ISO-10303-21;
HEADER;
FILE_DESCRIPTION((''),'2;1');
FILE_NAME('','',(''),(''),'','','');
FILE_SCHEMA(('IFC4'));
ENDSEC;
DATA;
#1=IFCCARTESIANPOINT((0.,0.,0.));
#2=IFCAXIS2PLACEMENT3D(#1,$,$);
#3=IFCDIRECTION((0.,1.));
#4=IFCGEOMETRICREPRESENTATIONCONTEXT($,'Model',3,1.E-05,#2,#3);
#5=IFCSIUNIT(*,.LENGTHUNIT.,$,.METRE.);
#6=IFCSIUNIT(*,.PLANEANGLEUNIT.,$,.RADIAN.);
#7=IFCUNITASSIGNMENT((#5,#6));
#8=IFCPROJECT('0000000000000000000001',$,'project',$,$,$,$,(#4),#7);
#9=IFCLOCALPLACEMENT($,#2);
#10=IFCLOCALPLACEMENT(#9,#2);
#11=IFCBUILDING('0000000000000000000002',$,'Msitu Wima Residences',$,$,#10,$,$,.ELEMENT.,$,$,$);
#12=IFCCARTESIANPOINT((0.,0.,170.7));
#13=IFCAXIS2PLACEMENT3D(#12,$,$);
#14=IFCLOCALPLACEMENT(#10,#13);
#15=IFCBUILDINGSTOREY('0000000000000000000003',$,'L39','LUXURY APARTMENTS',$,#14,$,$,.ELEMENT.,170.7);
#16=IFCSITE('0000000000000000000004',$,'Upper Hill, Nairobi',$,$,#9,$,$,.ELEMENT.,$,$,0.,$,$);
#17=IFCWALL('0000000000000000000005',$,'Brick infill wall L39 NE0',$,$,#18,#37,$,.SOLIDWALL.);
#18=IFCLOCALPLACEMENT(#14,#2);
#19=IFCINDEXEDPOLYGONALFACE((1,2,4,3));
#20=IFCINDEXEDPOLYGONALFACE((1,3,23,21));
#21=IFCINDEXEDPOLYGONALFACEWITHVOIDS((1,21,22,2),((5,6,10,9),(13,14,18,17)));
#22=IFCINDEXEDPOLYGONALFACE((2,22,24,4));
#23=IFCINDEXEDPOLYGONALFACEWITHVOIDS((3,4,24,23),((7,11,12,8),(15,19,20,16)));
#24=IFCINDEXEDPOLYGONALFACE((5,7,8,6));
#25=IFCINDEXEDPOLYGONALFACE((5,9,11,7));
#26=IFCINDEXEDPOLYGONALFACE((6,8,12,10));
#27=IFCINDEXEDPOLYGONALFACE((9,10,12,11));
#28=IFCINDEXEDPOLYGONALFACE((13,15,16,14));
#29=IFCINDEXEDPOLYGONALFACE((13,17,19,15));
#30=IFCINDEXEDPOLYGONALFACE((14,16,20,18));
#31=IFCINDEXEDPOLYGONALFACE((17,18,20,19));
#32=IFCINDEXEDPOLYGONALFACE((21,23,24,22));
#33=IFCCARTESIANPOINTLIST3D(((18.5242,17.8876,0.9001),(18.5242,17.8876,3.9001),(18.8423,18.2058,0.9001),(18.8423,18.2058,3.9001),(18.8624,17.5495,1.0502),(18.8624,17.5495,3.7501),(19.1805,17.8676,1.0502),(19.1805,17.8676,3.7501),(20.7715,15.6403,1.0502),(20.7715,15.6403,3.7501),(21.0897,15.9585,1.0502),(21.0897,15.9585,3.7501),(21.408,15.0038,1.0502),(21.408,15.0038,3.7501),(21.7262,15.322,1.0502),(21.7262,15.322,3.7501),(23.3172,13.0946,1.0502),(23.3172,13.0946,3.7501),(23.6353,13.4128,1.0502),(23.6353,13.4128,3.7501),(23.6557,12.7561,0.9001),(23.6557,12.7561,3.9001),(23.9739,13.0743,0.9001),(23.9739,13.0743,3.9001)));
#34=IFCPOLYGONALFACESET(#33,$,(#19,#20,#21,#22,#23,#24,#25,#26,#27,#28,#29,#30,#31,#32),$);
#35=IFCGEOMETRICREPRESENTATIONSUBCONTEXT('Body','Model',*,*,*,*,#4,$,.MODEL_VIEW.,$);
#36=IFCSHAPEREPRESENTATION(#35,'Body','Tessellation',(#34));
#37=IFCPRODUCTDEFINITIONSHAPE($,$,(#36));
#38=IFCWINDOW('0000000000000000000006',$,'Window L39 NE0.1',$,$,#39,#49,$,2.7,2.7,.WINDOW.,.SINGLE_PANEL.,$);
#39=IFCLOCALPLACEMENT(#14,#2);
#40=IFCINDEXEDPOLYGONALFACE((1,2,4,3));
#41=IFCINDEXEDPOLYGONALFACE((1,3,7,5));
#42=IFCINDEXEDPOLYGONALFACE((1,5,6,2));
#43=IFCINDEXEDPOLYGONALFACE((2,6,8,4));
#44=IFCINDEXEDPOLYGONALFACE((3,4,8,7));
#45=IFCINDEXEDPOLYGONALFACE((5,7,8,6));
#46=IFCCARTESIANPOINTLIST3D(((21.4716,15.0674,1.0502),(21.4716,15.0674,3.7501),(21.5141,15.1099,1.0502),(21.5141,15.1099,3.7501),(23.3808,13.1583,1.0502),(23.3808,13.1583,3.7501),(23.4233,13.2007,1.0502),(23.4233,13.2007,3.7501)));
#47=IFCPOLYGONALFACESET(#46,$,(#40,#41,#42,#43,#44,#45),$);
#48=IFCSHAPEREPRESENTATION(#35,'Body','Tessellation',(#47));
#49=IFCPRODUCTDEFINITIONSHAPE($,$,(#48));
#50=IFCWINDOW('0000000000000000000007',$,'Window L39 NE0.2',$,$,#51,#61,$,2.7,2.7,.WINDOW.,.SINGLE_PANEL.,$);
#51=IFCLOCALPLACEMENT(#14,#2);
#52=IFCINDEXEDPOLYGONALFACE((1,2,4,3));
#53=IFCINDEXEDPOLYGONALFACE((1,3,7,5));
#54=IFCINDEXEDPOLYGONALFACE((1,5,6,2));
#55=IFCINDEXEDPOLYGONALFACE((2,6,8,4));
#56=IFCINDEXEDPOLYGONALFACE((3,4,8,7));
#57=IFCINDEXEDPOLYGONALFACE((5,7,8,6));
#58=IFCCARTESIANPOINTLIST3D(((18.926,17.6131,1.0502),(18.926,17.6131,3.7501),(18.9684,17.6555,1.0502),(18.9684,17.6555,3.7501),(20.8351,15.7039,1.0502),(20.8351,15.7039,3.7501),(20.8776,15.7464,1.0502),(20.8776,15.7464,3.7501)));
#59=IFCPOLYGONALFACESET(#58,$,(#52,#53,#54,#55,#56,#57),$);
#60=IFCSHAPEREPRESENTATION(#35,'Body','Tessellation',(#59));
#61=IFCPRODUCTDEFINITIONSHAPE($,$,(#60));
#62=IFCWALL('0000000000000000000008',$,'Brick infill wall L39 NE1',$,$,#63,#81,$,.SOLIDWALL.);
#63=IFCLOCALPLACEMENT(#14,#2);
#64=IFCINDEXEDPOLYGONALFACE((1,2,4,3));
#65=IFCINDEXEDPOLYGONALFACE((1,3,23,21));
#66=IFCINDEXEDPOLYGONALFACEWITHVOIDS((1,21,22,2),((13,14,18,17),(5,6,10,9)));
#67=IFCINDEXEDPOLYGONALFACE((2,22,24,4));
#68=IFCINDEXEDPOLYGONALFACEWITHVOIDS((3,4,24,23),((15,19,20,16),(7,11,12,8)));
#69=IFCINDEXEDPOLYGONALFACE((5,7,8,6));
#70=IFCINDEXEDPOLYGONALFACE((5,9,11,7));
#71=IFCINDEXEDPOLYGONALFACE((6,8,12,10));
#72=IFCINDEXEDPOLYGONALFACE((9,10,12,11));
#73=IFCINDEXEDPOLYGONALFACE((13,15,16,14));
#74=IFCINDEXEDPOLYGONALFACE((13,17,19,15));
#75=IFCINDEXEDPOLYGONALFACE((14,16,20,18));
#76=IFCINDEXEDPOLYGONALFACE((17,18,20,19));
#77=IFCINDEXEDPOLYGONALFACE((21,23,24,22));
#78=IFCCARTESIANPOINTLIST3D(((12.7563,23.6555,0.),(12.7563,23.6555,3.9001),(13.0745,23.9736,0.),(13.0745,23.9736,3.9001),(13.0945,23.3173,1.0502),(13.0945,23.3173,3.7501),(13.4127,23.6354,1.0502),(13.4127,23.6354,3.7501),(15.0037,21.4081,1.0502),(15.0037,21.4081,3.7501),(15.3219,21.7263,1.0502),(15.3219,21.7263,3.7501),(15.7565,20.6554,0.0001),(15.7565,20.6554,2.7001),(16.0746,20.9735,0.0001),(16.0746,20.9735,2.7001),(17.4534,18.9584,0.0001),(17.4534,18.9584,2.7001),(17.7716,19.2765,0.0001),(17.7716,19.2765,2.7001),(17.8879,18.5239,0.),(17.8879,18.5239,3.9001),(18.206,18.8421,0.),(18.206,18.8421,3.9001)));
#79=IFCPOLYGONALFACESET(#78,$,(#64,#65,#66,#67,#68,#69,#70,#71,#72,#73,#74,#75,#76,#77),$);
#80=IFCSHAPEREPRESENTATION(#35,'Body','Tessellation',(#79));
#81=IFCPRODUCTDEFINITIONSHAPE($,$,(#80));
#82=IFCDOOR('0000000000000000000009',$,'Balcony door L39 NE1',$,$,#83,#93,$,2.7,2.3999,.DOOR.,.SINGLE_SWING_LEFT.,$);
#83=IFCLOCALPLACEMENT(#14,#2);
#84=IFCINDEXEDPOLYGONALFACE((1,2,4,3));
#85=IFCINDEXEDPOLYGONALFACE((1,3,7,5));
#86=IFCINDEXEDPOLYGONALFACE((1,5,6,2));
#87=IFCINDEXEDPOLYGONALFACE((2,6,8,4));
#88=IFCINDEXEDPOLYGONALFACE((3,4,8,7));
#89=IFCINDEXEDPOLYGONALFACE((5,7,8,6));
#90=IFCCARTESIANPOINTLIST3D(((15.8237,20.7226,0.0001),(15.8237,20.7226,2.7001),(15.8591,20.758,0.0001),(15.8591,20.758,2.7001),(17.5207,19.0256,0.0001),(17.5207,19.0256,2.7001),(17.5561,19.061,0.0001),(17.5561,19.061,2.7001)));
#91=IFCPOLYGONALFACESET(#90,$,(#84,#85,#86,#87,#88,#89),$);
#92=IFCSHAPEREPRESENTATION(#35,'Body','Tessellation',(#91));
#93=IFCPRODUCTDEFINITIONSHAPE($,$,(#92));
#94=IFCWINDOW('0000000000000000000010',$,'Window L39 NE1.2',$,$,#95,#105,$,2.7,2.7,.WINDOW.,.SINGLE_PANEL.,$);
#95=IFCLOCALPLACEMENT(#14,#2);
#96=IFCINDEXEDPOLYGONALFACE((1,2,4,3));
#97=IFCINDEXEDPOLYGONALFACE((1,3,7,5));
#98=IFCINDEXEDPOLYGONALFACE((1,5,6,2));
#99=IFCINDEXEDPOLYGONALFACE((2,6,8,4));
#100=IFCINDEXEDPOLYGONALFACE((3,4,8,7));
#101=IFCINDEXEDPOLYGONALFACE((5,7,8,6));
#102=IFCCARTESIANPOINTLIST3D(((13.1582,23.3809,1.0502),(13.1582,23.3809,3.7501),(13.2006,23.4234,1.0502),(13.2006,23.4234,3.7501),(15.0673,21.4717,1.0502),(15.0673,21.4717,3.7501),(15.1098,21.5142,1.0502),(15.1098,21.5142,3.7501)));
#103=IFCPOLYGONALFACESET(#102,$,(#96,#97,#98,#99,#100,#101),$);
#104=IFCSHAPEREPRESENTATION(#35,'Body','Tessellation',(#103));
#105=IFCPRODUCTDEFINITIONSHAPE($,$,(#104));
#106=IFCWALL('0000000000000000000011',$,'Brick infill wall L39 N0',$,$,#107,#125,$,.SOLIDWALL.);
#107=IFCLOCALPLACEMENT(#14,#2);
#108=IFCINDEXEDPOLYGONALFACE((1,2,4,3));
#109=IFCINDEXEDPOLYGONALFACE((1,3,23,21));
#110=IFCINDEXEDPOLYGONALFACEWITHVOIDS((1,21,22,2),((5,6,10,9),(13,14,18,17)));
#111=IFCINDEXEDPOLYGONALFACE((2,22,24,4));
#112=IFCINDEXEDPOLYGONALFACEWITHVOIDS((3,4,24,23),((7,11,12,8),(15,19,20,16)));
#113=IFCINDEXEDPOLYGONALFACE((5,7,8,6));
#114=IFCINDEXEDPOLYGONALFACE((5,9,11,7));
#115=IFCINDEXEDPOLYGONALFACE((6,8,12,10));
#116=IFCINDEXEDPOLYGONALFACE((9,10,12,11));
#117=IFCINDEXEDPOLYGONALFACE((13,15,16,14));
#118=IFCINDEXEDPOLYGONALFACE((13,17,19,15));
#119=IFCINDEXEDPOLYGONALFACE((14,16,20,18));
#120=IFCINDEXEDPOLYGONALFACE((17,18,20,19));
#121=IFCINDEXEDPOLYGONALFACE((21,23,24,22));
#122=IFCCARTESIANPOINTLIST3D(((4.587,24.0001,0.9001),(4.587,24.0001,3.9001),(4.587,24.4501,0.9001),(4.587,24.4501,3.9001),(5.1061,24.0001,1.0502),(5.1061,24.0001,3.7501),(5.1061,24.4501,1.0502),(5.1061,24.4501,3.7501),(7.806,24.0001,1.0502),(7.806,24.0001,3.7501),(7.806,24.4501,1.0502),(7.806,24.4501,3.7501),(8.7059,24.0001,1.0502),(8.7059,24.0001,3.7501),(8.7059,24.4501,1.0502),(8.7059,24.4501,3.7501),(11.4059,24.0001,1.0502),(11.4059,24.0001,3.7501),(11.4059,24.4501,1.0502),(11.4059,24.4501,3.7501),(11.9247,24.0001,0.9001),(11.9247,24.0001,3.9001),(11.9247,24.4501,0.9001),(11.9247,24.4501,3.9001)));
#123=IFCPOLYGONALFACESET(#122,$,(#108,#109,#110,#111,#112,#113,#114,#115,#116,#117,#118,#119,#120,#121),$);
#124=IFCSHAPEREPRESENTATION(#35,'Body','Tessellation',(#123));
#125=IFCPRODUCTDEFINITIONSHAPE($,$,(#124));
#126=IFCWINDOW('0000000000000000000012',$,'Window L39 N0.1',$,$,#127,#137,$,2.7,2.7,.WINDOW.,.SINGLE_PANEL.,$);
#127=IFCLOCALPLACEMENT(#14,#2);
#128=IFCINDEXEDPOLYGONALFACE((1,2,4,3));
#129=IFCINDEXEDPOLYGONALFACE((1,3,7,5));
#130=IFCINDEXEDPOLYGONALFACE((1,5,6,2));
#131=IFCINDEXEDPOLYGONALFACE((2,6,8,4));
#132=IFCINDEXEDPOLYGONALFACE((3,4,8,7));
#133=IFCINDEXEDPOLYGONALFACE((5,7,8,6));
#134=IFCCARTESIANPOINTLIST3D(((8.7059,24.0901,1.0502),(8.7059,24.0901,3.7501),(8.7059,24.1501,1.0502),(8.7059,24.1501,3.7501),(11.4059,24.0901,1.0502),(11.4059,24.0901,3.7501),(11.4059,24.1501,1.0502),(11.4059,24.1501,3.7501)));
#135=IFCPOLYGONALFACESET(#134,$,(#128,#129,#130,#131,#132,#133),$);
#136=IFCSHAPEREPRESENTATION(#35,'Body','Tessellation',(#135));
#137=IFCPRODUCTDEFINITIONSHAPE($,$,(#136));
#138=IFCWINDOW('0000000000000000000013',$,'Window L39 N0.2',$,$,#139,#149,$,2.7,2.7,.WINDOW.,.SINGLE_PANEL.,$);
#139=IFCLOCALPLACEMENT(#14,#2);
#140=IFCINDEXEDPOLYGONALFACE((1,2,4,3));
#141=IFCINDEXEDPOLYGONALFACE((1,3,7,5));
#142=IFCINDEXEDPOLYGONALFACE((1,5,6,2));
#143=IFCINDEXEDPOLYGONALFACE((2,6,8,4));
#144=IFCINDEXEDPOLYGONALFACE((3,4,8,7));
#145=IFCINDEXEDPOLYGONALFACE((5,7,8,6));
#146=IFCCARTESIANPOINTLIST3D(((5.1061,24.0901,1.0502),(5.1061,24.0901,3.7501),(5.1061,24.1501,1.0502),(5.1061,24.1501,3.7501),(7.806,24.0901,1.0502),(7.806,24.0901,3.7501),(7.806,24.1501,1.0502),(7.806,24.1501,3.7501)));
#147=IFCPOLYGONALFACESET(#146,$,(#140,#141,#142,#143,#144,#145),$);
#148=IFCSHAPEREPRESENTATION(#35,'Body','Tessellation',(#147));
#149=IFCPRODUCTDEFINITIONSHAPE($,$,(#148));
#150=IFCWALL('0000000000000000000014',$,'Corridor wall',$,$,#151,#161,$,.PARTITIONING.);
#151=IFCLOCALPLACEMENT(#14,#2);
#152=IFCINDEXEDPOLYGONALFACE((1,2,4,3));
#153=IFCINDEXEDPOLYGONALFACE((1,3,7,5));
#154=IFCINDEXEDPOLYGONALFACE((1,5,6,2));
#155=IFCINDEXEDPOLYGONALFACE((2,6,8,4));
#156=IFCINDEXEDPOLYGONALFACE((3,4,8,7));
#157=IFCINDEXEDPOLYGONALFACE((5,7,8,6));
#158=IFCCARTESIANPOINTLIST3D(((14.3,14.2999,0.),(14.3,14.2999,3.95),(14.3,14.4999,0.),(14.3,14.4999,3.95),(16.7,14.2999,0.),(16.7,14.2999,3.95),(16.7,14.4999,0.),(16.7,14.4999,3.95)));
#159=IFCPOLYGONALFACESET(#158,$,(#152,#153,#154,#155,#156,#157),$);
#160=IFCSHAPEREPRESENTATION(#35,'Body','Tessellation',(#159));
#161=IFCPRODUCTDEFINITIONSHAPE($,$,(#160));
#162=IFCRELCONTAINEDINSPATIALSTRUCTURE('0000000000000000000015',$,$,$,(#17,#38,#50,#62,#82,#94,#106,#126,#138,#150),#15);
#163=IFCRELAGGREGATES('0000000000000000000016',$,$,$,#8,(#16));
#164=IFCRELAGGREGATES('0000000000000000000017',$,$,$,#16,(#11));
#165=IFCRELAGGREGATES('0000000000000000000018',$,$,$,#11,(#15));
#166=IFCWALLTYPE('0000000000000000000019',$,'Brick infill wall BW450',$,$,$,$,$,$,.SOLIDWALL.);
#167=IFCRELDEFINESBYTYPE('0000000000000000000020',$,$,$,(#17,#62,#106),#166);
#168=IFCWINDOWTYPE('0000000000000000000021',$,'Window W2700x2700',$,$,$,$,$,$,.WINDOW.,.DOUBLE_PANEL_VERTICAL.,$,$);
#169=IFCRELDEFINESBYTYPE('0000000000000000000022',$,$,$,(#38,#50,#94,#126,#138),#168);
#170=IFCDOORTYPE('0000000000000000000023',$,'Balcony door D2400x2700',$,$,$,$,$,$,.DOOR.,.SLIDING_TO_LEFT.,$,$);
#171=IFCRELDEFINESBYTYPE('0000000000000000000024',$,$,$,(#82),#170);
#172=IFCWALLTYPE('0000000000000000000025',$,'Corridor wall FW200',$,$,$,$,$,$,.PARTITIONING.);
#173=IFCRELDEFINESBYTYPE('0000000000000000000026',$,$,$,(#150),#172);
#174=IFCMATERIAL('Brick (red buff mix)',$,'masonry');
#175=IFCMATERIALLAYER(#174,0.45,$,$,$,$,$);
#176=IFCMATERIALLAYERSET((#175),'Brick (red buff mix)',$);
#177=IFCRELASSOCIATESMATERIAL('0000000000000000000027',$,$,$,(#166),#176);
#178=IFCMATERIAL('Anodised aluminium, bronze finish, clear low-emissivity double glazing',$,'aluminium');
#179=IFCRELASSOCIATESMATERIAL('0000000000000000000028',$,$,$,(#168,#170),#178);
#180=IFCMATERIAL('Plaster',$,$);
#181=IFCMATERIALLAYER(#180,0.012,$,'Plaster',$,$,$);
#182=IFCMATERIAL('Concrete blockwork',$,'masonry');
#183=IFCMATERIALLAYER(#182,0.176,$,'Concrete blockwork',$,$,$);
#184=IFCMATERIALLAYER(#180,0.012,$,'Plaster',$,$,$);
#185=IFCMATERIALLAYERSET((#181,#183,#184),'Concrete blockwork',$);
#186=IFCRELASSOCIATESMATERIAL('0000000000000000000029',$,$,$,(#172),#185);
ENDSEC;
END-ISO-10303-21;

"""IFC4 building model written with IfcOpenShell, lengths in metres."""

from ifc_helpers import new_model, si_unit, direction, frame, frame_2d, origin, place, context, subcontext, project, spatial, rectangle, extrude, material, layer, layer_set, type_object, element, fill, save


model = new_model("IFC4")

# Units and contexts
model_context = context("Model", 3, precision=1e-05, world=origin(), true_north=direction((0.0, 1.0)))
body_context = subcontext(model_context, "Body", "Model", "MODEL_VIEW")
ifc_project = project(units=[si_unit("LENGTHUNIT", "METRE"), si_unit("PLANEANGLEUNIT", "RADIAN")], contexts=[model_context])

# Site, building, storey
site_placement = place(None, origin())
site = spatial("IfcSite", under=ifc_project, at=site_placement, Name="Upper Hill, Nairobi", CompositionType="ELEMENT", RefElevation=0.0)
building_placement = place(site_placement, origin())
building = spatial("IfcBuilding", under=site, at=building_placement, Name="Msitu Wima Residences", CompositionType="ELEMENT")
storey_placement = place(building_placement, frame((0.0, 0.0, 170.7)))
storey = spatial("IfcBuildingStorey", under=building, at=storey_placement, Name="L39", Description="LUXURY APARTMENTS", CompositionType="ELEMENT", Elevation=170.7)

# Wall, openings, windows
ifc_material_1 = material(Name="Brick (red buff mix)", Category="masonry")
ifc_layer_1 = layer(ifc_material_1, 0.45)
ifc_layer_set_1 = layer_set([ifc_layer_1], Name="Brick (red buff mix)")
wall_type_1 = type_object("IfcWallType", Name="Brick infill wall BW450", PredefinedType="SOLIDWALL", material=ifc_layer_set_1)
wall_1_placement = place(storey_placement, frame((23.8147, 12.9153, 0.9001), z_axis=(0.0, 0.0, 1.0), x_axis=(-0.707107, 0.707107, 0.0)))
wall_1 = element("IfcWall", 1, at=wall_1_placement, inside=storey, type_object=wall_type_1, Name="Brick infill wall L39 NE0", PredefinedType="SOLIDWALL", context=body_context, shape_type="SweptSolid", body=[
    extrude(rectangle(XDim=7.2571, YDim=0.45, at=frame_2d((3.6284, 0.0))), origin(), (0.0, 0.0, 1.0), 3.0),
])
opening_1_placement = place(wall_1_placement, frame((0.4785, 0.0, 0.1499)))
opening_1 = element("IfcOpeningElement", 2, at=opening_1_placement, cuts=wall_1, PredefinedType="OPENING", context=body_context, shape_type="SweptSolid", body=[
    extrude(rectangle(XDim=2.7, YDim=2.7, at=frame_2d((1.3501, 1.3501))), frame((0.0, 0.2349, 0.0), z_axis=(0.0, -1.0, 0.0), x_axis=(1.0, 0.0, 0.0)), (0.0, 0.0, 1.0), 0.47),
])
opening_2_placement = place(wall_1_placement, frame((4.0786, 0.0, 0.1499)))
opening_2 = element("IfcOpeningElement", 3, at=opening_2_placement, cuts=wall_1, PredefinedType="OPENING", context=body_context, shape_type="SweptSolid", body=[
    extrude(rectangle(XDim=2.7, YDim=2.7, at=frame_2d((1.3501, 1.3501))), frame((0.0, 0.2349, 0.0), z_axis=(0.0, -1.0, 0.0), x_axis=(1.0, 0.0, 0.0)), (0.0, 0.0, 1.0), 0.47),
])
ifc_material_2 = material(Name="Anodised aluminium, bronze finish, clear low-emissivity double glazing", Category="aluminium")
window_type = type_object("IfcWindowType", Name="Window W2700x2700", PartitioningType="DOUBLE_PANEL_VERTICAL", PredefinedType="WINDOW", material=ifc_material_2)
window_1_placement = place(opening_1_placement, origin())
window_1 = element("IfcWindow", 4, at=window_1_placement, inside=storey, type_object=window_type, Name="Window L39 NE0.1", OverallHeight=2.7, OverallWidth=2.7, PartitioningType="SINGLE_PANEL", PredefinedType="WINDOW", context=body_context, shape_type="SweptSolid", body=[
    extrude(rectangle(XDim=2.7, YDim=2.7, at=frame_2d((1.3501, 1.3501))), frame((0.0, 0.135, 0.0), z_axis=(0.0, -1.0, 0.0), x_axis=(1.0, 0.0, 0.0)), (0.0, 0.0, 1.0), 0.0601),
])
fill(opening_1, window_1)
window_2_placement = place(opening_2_placement, origin())
window_2 = element("IfcWindow", 5, at=window_2_placement, inside=storey, type_object=window_type, Name="Window L39 NE0.2", OverallHeight=2.7, OverallWidth=2.7, PartitioningType="SINGLE_PANEL", PredefinedType="WINDOW", context=body_context, shape_type="SweptSolid", body=[
    extrude(rectangle(XDim=2.7, YDim=2.7, at=frame_2d((1.3501, 1.3501))), frame((0.0, 0.135, 0.0), z_axis=(0.0, -1.0, 0.0), x_axis=(1.0, 0.0, 0.0)), (0.0, 0.0, 1.0), 0.0601),
])
fill(opening_2, window_2)

# Wall, openings, door, window
wall_2_placement = place(storey_placement, frame((18.0469, 18.6831, 0.0), z_axis=(0.0, 0.0, 1.0), x_axis=(-0.707107, 0.707107, 0.0)))
wall_2 = element("IfcWall", 6, at=wall_2_placement, inside=storey, type_object=wall_type_1, Name="Brick infill wall L39 NE1", PredefinedType="SOLIDWALL", context=body_context, shape_type="SweptSolid", body=[
    extrude(rectangle(XDim=7.2571, YDim=0.45, at=frame_2d((3.6284, 0.0))), origin(), (0.0, 0.0, 1.0), 3.9001),
])
opening_3_placement = place(wall_2_placement, frame((0.6143, 0.0, 0.0)))
opening_3 = element("IfcOpeningElement", 7, at=opening_3_placement, cuts=wall_2, PredefinedType="OPENING", context=body_context, shape_type="SweptSolid", body=[
    extrude(rectangle(XDim=2.3999, YDim=2.7, at=frame_2d((1.2, 1.3501))), frame((0.0, 0.2349, 0.0), z_axis=(0.0, -1.0, 0.0), x_axis=(1.0, 0.0, 0.0)), (0.0, 0.0, 1.0), 0.47),
])
opening_4_placement = place(wall_2_placement, frame((4.0786, 0.0, 1.05)))
opening_4 = element("IfcOpeningElement", 8, at=opening_4_placement, cuts=wall_2, PredefinedType="OPENING", context=body_context, shape_type="SweptSolid", body=[
    extrude(rectangle(XDim=2.7, YDim=2.7, at=frame_2d((1.3501, 1.3501))), frame((0.0, 0.2349, 0.0), z_axis=(0.0, -1.0, 0.0), x_axis=(1.0, 0.0, 0.0)), (0.0, 0.0, 1.0), 0.47),
])
door_type_1 = type_object("IfcDoorType", Name="Balcony door D2400x2700", OperationType="SLIDING_TO_LEFT", PredefinedType="DOOR", material=ifc_material_2)
door_1_placement = place(opening_3_placement, origin())
door_1 = element("IfcDoor", 9, at=door_1_placement, inside=storey, type_object=door_type_1, Name="Balcony door L39 NE1", OperationType="SINGLE_SWING_LEFT", OverallHeight=2.7, OverallWidth=2.3999, PredefinedType="DOOR", context=body_context, shape_type="SweptSolid", body=[
    extrude(rectangle(XDim=2.3999, YDim=2.7, at=frame_2d((1.2, 1.3501))), frame((0.0, 0.1299, 0.0), z_axis=(0.0, -1.0, 0.0), x_axis=(1.0, 0.0, 0.0)), (0.0, 0.0, 1.0), 0.05),
])
fill(opening_3, door_1)
window_3_placement = place(opening_4_placement, origin())
window_3 = element("IfcWindow", 10, at=window_3_placement, inside=storey, type_object=window_type, Name="Window L39 NE1.2", OverallHeight=2.7, OverallWidth=2.7, PartitioningType="SINGLE_PANEL", PredefinedType="WINDOW", context=body_context, shape_type="SweptSolid", body=[
    extrude(rectangle(XDim=2.7, YDim=2.7, at=frame_2d((1.3501, 1.3501))), frame((0.0, 0.135, 0.0), z_axis=(0.0, -1.0, 0.0), x_axis=(1.0, 0.0, 0.0)), (0.0, 0.0, 1.0), 0.0601),
])
fill(opening_4, window_3)

# Wall, openings, windows
wall_3_placement = place(storey_placement, frame((11.9248, 24.2251, 0.9001), z_axis=(0.0, 0.0, 1.0), x_axis=(-1.0, 0.0, 0.0)))
wall_3 = element("IfcWall", 11, at=wall_3_placement, inside=storey, type_object=wall_type_1, Name="Brick infill wall L39 N0", PredefinedType="SOLIDWALL", context=body_context, shape_type="SweptSolid", body=[
    extrude(rectangle(XDim=7.3376, YDim=0.45, at=frame_2d((3.6689, 0.0))), origin(), (0.0, 0.0, 1.0), 3.0),
])
opening_5_placement = place(wall_3_placement, frame((0.5188, 0.0, 0.1499)))
opening_5 = element("IfcOpeningElement", 12, at=opening_5_placement, cuts=wall_3, PredefinedType="OPENING", context=body_context, shape_type="SweptSolid", body=[
    extrude(rectangle(XDim=2.7, YDim=2.7, at=frame_2d((1.3501, 1.3501))), frame((0.0, 0.2349, 0.0), z_axis=(0.0, -1.0, 0.0), x_axis=(1.0, 0.0, 0.0)), (0.0, 0.0, 1.0), 0.47),
])
opening_6_placement = place(wall_3_placement, frame((4.1187, 0.0, 0.1499)))
opening_6 = element("IfcOpeningElement", 13, at=opening_6_placement, cuts=wall_3, PredefinedType="OPENING", context=body_context, shape_type="SweptSolid", body=[
    extrude(rectangle(XDim=2.7, YDim=2.7, at=frame_2d((1.3501, 1.3501))), frame((0.0, 0.2349, 0.0), z_axis=(0.0, -1.0, 0.0), x_axis=(1.0, 0.0, 0.0)), (0.0, 0.0, 1.0), 0.47),
])
window_4_placement = place(opening_5_placement, origin())
window_4 = element("IfcWindow", 14, at=window_4_placement, inside=storey, type_object=window_type, Name="Window L39 N0.1", OverallHeight=2.7, OverallWidth=2.7, PartitioningType="SINGLE_PANEL", PredefinedType="WINDOW", context=body_context, shape_type="SweptSolid", body=[
    extrude(rectangle(XDim=2.7, YDim=2.7, at=frame_2d((1.3501, 1.3501))), frame((0.0, 0.135, 0.0), z_axis=(0.0, -1.0, 0.0), x_axis=(1.0, 0.0, 0.0)), (0.0, 0.0, 1.0), 0.0601),
])
fill(opening_5, window_4)
window_5_placement = place(opening_6_placement, origin())
window_5 = element("IfcWindow", 15, at=window_5_placement, inside=storey, type_object=window_type, Name="Window L39 N0.2", OverallHeight=2.7, OverallWidth=2.7, PartitioningType="SINGLE_PANEL", PredefinedType="WINDOW", context=body_context, shape_type="SweptSolid", body=[
    extrude(rectangle(XDim=2.7, YDim=2.7, at=frame_2d((1.3501, 1.3501))), frame((0.0, 0.135, 0.0), z_axis=(0.0, -1.0, 0.0), x_axis=(1.0, 0.0, 0.0)), (0.0, 0.0, 1.0), 0.0601),
])
fill(opening_6, window_5)

# Wall
ifc_material_3 = material(Name="Plaster")
ifc_layer_2 = layer(ifc_material_3, 0.012, Name="Plaster")
ifc_material_4 = material(Name="Concrete blockwork", Category="masonry")
ifc_layer_3 = layer(ifc_material_4, 0.176, Name="Concrete blockwork")
ifc_layer_4 = layer(ifc_material_3, 0.012, Name="Plaster")
ifc_layer_set_2 = layer_set([ifc_layer_2, ifc_layer_3, ifc_layer_4], Name="Concrete blockwork")
wall_type_2 = type_object("IfcWallType", Name="Corridor wall FW200", PredefinedType="PARTITIONING", material=ifc_layer_set_2)
wall_4_placement = place(storey_placement, frame((14.3, 14.3999, 0.0), z_axis=(0.0, 0.0, 1.0), x_axis=(1.0, 0.0, 0.0)))
element("IfcWall", 16, at=wall_4_placement, inside=storey, type_object=wall_type_2, Name="Corridor wall", PredefinedType="PARTITIONING", context=body_context, shape_type="SweptSolid", body=[
    extrude(rectangle(XDim=2.3999, YDim=0.2, at=frame_2d((1.2, 0.0))), origin(), (0.0, 0.0, 1.0), 3.95),
])

save(model, "model.ifc")
